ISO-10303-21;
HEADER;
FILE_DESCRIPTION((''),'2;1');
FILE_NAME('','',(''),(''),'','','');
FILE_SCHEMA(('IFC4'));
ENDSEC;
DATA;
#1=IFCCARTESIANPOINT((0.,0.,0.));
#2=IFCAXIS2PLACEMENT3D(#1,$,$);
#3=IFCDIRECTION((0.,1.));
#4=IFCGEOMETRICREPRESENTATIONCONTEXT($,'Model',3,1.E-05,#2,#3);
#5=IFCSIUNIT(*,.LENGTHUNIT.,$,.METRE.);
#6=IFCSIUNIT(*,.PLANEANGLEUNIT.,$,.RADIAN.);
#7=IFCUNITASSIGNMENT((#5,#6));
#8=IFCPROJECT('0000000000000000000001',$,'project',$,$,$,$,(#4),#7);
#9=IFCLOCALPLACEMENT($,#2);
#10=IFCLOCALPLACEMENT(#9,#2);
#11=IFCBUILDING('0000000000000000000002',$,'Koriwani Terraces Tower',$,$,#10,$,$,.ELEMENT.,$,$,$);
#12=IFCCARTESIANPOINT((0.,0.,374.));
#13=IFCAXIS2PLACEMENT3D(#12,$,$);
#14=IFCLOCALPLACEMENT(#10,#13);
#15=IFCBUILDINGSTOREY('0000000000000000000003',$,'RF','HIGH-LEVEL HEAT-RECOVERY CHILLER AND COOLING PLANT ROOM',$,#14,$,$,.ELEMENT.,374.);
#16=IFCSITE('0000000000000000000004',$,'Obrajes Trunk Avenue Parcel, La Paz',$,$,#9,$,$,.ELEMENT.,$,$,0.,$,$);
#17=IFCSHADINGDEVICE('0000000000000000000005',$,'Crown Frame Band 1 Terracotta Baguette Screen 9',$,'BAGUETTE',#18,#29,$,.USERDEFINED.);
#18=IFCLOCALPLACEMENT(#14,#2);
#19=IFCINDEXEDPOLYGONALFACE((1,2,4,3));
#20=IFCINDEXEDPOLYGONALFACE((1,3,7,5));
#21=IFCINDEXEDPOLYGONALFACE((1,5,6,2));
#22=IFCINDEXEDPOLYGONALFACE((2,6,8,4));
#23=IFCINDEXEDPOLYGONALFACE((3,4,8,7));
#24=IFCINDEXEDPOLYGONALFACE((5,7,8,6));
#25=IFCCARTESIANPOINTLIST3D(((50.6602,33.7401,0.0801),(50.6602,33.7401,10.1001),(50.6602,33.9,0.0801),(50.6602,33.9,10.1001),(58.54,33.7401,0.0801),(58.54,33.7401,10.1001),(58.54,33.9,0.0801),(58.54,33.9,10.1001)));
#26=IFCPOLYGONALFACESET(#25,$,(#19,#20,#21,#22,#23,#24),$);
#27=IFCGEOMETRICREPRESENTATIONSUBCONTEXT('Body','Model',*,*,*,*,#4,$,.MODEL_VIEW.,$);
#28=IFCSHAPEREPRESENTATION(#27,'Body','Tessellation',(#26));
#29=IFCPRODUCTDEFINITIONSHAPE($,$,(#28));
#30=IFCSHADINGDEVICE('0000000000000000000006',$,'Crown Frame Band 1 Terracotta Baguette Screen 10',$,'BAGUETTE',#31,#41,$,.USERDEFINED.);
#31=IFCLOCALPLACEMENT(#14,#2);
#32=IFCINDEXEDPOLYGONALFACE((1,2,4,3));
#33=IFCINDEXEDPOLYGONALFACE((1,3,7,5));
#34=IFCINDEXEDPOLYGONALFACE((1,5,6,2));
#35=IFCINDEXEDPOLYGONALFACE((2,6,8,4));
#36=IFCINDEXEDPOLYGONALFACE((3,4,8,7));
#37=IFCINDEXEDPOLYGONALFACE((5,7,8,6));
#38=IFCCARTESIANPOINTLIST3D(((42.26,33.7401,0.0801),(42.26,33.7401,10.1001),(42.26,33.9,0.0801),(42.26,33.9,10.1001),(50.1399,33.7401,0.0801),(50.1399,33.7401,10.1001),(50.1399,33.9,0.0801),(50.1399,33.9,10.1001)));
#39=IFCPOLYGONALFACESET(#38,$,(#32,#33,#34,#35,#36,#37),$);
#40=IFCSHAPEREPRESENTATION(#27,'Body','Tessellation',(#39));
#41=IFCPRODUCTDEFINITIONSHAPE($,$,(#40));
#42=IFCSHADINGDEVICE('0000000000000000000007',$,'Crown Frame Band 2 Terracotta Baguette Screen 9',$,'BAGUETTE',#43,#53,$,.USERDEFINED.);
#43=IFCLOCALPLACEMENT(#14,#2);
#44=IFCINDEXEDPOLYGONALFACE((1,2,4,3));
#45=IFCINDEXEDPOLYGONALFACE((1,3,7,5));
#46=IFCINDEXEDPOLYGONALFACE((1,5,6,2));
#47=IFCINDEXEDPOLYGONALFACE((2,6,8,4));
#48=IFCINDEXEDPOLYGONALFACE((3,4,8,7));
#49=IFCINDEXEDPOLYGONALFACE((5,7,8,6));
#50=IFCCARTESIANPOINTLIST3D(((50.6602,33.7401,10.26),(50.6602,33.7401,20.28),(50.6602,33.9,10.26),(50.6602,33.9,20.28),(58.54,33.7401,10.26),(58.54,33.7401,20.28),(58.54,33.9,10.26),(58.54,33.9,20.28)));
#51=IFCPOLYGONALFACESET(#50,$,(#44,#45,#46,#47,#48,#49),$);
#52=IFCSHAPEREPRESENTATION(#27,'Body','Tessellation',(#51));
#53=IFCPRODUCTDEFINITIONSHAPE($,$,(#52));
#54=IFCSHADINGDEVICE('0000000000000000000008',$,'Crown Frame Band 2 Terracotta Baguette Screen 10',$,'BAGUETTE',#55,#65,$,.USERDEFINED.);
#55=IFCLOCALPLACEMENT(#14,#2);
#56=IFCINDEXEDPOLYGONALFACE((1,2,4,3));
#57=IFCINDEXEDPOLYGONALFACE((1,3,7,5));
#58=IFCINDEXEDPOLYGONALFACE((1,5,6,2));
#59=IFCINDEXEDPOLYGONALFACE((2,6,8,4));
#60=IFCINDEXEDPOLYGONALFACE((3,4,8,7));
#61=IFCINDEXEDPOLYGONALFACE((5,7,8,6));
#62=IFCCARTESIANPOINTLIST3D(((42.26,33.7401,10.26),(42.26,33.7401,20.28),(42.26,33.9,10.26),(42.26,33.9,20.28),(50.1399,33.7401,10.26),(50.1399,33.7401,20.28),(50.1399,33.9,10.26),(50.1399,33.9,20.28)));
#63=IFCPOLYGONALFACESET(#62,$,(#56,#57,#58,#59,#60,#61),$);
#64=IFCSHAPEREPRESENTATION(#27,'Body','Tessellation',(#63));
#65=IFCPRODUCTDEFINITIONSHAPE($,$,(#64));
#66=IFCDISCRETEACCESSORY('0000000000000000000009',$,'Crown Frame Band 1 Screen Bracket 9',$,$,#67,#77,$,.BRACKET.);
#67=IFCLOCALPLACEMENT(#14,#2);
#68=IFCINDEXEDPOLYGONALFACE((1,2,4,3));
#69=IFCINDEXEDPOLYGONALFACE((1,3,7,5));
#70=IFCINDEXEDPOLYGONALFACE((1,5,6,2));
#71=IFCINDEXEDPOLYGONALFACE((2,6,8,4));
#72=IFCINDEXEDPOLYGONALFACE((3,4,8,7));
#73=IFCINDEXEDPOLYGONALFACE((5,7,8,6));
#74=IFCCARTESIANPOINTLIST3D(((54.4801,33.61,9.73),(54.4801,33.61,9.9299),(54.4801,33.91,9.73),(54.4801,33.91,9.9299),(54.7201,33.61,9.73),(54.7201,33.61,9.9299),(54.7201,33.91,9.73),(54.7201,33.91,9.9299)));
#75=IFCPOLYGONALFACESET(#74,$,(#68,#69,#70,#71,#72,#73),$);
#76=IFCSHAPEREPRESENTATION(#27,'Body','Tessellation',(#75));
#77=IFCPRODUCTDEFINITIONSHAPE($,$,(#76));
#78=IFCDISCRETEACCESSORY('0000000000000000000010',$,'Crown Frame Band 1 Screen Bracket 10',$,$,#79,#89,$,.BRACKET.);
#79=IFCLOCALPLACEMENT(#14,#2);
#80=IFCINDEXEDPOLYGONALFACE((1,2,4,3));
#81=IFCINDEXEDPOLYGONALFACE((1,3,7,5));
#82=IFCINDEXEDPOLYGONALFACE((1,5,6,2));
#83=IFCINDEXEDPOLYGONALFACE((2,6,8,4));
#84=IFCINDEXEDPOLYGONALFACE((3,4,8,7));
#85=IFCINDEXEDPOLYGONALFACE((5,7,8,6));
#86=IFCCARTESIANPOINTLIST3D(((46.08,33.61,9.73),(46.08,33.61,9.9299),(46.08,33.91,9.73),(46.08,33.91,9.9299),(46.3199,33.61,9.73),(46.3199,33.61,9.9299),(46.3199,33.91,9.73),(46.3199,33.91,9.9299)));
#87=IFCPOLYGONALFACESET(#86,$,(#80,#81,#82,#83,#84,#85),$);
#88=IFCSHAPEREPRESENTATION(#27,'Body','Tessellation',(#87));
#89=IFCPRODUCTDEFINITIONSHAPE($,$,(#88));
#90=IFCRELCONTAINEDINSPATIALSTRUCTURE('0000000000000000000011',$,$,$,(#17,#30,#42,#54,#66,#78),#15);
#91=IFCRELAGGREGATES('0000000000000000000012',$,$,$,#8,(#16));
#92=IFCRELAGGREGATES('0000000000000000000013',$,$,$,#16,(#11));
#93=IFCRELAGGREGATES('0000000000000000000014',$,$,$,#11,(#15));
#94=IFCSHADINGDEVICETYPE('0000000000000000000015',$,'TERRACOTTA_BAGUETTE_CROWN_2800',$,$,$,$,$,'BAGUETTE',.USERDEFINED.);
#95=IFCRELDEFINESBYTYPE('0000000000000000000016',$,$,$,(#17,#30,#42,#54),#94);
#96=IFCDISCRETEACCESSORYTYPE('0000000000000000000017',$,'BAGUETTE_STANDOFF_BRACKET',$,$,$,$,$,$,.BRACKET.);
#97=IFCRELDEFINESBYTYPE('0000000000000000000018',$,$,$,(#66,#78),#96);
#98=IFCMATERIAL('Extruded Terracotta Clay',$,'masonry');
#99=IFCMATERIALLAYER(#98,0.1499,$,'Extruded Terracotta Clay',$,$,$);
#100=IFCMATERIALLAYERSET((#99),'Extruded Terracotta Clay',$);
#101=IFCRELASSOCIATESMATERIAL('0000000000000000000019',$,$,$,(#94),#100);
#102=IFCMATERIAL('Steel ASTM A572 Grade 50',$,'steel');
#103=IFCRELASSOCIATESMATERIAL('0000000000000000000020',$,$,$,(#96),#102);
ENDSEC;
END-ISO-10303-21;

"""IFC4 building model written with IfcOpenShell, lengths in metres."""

from ifc_helpers import new_model, si_unit, direction, frame, origin, origin_2d, place, context, subcontext, project, spatial, rectangle, extrude, material, layer, layer_set, type_object, element, save


model = new_model("IFC4")

# Units and contexts
model_context = context("Model", 3, precision=1e-05, world=origin(), true_north=direction((0.0, 1.0)))
body_context = subcontext(model_context, "Body", "Model", "MODEL_VIEW")
ifc_project = project(units=[si_unit("LENGTHUNIT", "METRE"), si_unit("PLANEANGLEUNIT", "RADIAN")], contexts=[model_context])

# Site, building, storey
site_placement = place(None, origin())
site = spatial("IfcSite", under=ifc_project, at=site_placement, Name="Obrajes Trunk Avenue Parcel, La Paz", CompositionType="ELEMENT", RefElevation=0.0)
building_placement = place(site_placement, origin())
building = spatial("IfcBuilding", under=site, at=building_placement, Name="Koriwani Terraces Tower", CompositionType="ELEMENT")
storey_placement = place(building_placement, frame((0.0, 0.0, 374.0)))
storey = spatial("IfcBuildingStorey", under=building, at=storey_placement, Name="RF", Description="HIGH-LEVEL HEAT-RECOVERY CHILLER AND COOLING PLANT ROOM", CompositionType="ELEMENT", Elevation=374.0)

# Shared definitions
ifc_material_1 = material(Name="Steel ASTM A572 Grade 50", Category="steel")

# Shading devices
ifc_material_2 = material(Name="Extruded Terracotta Clay", Category="masonry")
ifc_layer_1 = layer(ifc_material_2, 0.1499, Name="Extruded Terracotta Clay")
ifc_layer_set_1 = layer_set([ifc_layer_1], Name="Extruded Terracotta Clay")
shading_device_type = type_object("IfcShadingDeviceType", Name="TERRACOTTA_BAGUETTE_CROWN_2800", ElementType="BAGUETTE", PredefinedType="USERDEFINED", material=ifc_layer_set_1)
for number, where, z_axis, x_axis, name in (
    (1, (54.6001, 33.8201, 0.0801), (0.0, 0.0, 1.0), (-1.0, 0.0, 0.0), "Crown Frame Band 1 Terracotta Baguette Screen 9"),
    (2, (46.2, 33.8201, 0.0801), (0.0, 0.0, 1.0), (-1.0, 0.0, 0.0), "Crown Frame Band 1 Terracotta Baguette Screen 10"),
    (3, (54.6001, 33.8201, 10.26), (0.0, 0.0, 1.0), (-1.0, 0.0, 0.0), "Crown Frame Band 2 Terracotta Baguette Screen 9"),
    (4, (46.2, 33.8201, 10.26), (0.0, 0.0, 1.0), (-1.0, 0.0, 0.0), "Crown Frame Band 2 Terracotta Baguette Screen 10"),
):
    element("IfcShadingDevice", number, at=place(storey_placement, frame(where, z_axis=z_axis, x_axis=x_axis)), inside=storey, type_object=shading_device_type, Name=name, ObjectType="BAGUETTE", PredefinedType="USERDEFINED", context=body_context, shape_type="SweptSolid", body=[
        extrude(rectangle(XDim=7.8799, YDim=0.1599, at=origin_2d()), origin(), (0.0, 0.0, 1.0), 10.02),
    ])

# Discrete accessories
discrete_accessory_type = type_object("IfcDiscreteAccessoryType", Name="BAGUETTE_STANDOFF_BRACKET", PredefinedType="BRACKET", material=ifc_material_1)
for number, where, z_axis, x_axis, name in (
    (5, (54.6001, 33.76, 9.73), (0.0, 0.0, 1.0), (-1.0, 0.0, 0.0), "Crown Frame Band 1 Screen Bracket 9"),
    (6, (46.2, 33.76, 9.73), (0.0, 0.0, 1.0), (-1.0, 0.0, 0.0), "Crown Frame Band 1 Screen Bracket 10"),
):
    element("IfcDiscreteAccessory", number, at=place(storey_placement, frame(where, z_axis=z_axis, x_axis=x_axis)), inside=storey, type_object=discrete_accessory_type, Name=name, PredefinedType="BRACKET", context=body_context, shape_type="SweptSolid", body=[
        extrude(rectangle(XDim=0.24, YDim=0.3, at=origin_2d()), origin(), (0.0, 0.0, 1.0), 0.2),
    ])

save(model, "model.ifc")
